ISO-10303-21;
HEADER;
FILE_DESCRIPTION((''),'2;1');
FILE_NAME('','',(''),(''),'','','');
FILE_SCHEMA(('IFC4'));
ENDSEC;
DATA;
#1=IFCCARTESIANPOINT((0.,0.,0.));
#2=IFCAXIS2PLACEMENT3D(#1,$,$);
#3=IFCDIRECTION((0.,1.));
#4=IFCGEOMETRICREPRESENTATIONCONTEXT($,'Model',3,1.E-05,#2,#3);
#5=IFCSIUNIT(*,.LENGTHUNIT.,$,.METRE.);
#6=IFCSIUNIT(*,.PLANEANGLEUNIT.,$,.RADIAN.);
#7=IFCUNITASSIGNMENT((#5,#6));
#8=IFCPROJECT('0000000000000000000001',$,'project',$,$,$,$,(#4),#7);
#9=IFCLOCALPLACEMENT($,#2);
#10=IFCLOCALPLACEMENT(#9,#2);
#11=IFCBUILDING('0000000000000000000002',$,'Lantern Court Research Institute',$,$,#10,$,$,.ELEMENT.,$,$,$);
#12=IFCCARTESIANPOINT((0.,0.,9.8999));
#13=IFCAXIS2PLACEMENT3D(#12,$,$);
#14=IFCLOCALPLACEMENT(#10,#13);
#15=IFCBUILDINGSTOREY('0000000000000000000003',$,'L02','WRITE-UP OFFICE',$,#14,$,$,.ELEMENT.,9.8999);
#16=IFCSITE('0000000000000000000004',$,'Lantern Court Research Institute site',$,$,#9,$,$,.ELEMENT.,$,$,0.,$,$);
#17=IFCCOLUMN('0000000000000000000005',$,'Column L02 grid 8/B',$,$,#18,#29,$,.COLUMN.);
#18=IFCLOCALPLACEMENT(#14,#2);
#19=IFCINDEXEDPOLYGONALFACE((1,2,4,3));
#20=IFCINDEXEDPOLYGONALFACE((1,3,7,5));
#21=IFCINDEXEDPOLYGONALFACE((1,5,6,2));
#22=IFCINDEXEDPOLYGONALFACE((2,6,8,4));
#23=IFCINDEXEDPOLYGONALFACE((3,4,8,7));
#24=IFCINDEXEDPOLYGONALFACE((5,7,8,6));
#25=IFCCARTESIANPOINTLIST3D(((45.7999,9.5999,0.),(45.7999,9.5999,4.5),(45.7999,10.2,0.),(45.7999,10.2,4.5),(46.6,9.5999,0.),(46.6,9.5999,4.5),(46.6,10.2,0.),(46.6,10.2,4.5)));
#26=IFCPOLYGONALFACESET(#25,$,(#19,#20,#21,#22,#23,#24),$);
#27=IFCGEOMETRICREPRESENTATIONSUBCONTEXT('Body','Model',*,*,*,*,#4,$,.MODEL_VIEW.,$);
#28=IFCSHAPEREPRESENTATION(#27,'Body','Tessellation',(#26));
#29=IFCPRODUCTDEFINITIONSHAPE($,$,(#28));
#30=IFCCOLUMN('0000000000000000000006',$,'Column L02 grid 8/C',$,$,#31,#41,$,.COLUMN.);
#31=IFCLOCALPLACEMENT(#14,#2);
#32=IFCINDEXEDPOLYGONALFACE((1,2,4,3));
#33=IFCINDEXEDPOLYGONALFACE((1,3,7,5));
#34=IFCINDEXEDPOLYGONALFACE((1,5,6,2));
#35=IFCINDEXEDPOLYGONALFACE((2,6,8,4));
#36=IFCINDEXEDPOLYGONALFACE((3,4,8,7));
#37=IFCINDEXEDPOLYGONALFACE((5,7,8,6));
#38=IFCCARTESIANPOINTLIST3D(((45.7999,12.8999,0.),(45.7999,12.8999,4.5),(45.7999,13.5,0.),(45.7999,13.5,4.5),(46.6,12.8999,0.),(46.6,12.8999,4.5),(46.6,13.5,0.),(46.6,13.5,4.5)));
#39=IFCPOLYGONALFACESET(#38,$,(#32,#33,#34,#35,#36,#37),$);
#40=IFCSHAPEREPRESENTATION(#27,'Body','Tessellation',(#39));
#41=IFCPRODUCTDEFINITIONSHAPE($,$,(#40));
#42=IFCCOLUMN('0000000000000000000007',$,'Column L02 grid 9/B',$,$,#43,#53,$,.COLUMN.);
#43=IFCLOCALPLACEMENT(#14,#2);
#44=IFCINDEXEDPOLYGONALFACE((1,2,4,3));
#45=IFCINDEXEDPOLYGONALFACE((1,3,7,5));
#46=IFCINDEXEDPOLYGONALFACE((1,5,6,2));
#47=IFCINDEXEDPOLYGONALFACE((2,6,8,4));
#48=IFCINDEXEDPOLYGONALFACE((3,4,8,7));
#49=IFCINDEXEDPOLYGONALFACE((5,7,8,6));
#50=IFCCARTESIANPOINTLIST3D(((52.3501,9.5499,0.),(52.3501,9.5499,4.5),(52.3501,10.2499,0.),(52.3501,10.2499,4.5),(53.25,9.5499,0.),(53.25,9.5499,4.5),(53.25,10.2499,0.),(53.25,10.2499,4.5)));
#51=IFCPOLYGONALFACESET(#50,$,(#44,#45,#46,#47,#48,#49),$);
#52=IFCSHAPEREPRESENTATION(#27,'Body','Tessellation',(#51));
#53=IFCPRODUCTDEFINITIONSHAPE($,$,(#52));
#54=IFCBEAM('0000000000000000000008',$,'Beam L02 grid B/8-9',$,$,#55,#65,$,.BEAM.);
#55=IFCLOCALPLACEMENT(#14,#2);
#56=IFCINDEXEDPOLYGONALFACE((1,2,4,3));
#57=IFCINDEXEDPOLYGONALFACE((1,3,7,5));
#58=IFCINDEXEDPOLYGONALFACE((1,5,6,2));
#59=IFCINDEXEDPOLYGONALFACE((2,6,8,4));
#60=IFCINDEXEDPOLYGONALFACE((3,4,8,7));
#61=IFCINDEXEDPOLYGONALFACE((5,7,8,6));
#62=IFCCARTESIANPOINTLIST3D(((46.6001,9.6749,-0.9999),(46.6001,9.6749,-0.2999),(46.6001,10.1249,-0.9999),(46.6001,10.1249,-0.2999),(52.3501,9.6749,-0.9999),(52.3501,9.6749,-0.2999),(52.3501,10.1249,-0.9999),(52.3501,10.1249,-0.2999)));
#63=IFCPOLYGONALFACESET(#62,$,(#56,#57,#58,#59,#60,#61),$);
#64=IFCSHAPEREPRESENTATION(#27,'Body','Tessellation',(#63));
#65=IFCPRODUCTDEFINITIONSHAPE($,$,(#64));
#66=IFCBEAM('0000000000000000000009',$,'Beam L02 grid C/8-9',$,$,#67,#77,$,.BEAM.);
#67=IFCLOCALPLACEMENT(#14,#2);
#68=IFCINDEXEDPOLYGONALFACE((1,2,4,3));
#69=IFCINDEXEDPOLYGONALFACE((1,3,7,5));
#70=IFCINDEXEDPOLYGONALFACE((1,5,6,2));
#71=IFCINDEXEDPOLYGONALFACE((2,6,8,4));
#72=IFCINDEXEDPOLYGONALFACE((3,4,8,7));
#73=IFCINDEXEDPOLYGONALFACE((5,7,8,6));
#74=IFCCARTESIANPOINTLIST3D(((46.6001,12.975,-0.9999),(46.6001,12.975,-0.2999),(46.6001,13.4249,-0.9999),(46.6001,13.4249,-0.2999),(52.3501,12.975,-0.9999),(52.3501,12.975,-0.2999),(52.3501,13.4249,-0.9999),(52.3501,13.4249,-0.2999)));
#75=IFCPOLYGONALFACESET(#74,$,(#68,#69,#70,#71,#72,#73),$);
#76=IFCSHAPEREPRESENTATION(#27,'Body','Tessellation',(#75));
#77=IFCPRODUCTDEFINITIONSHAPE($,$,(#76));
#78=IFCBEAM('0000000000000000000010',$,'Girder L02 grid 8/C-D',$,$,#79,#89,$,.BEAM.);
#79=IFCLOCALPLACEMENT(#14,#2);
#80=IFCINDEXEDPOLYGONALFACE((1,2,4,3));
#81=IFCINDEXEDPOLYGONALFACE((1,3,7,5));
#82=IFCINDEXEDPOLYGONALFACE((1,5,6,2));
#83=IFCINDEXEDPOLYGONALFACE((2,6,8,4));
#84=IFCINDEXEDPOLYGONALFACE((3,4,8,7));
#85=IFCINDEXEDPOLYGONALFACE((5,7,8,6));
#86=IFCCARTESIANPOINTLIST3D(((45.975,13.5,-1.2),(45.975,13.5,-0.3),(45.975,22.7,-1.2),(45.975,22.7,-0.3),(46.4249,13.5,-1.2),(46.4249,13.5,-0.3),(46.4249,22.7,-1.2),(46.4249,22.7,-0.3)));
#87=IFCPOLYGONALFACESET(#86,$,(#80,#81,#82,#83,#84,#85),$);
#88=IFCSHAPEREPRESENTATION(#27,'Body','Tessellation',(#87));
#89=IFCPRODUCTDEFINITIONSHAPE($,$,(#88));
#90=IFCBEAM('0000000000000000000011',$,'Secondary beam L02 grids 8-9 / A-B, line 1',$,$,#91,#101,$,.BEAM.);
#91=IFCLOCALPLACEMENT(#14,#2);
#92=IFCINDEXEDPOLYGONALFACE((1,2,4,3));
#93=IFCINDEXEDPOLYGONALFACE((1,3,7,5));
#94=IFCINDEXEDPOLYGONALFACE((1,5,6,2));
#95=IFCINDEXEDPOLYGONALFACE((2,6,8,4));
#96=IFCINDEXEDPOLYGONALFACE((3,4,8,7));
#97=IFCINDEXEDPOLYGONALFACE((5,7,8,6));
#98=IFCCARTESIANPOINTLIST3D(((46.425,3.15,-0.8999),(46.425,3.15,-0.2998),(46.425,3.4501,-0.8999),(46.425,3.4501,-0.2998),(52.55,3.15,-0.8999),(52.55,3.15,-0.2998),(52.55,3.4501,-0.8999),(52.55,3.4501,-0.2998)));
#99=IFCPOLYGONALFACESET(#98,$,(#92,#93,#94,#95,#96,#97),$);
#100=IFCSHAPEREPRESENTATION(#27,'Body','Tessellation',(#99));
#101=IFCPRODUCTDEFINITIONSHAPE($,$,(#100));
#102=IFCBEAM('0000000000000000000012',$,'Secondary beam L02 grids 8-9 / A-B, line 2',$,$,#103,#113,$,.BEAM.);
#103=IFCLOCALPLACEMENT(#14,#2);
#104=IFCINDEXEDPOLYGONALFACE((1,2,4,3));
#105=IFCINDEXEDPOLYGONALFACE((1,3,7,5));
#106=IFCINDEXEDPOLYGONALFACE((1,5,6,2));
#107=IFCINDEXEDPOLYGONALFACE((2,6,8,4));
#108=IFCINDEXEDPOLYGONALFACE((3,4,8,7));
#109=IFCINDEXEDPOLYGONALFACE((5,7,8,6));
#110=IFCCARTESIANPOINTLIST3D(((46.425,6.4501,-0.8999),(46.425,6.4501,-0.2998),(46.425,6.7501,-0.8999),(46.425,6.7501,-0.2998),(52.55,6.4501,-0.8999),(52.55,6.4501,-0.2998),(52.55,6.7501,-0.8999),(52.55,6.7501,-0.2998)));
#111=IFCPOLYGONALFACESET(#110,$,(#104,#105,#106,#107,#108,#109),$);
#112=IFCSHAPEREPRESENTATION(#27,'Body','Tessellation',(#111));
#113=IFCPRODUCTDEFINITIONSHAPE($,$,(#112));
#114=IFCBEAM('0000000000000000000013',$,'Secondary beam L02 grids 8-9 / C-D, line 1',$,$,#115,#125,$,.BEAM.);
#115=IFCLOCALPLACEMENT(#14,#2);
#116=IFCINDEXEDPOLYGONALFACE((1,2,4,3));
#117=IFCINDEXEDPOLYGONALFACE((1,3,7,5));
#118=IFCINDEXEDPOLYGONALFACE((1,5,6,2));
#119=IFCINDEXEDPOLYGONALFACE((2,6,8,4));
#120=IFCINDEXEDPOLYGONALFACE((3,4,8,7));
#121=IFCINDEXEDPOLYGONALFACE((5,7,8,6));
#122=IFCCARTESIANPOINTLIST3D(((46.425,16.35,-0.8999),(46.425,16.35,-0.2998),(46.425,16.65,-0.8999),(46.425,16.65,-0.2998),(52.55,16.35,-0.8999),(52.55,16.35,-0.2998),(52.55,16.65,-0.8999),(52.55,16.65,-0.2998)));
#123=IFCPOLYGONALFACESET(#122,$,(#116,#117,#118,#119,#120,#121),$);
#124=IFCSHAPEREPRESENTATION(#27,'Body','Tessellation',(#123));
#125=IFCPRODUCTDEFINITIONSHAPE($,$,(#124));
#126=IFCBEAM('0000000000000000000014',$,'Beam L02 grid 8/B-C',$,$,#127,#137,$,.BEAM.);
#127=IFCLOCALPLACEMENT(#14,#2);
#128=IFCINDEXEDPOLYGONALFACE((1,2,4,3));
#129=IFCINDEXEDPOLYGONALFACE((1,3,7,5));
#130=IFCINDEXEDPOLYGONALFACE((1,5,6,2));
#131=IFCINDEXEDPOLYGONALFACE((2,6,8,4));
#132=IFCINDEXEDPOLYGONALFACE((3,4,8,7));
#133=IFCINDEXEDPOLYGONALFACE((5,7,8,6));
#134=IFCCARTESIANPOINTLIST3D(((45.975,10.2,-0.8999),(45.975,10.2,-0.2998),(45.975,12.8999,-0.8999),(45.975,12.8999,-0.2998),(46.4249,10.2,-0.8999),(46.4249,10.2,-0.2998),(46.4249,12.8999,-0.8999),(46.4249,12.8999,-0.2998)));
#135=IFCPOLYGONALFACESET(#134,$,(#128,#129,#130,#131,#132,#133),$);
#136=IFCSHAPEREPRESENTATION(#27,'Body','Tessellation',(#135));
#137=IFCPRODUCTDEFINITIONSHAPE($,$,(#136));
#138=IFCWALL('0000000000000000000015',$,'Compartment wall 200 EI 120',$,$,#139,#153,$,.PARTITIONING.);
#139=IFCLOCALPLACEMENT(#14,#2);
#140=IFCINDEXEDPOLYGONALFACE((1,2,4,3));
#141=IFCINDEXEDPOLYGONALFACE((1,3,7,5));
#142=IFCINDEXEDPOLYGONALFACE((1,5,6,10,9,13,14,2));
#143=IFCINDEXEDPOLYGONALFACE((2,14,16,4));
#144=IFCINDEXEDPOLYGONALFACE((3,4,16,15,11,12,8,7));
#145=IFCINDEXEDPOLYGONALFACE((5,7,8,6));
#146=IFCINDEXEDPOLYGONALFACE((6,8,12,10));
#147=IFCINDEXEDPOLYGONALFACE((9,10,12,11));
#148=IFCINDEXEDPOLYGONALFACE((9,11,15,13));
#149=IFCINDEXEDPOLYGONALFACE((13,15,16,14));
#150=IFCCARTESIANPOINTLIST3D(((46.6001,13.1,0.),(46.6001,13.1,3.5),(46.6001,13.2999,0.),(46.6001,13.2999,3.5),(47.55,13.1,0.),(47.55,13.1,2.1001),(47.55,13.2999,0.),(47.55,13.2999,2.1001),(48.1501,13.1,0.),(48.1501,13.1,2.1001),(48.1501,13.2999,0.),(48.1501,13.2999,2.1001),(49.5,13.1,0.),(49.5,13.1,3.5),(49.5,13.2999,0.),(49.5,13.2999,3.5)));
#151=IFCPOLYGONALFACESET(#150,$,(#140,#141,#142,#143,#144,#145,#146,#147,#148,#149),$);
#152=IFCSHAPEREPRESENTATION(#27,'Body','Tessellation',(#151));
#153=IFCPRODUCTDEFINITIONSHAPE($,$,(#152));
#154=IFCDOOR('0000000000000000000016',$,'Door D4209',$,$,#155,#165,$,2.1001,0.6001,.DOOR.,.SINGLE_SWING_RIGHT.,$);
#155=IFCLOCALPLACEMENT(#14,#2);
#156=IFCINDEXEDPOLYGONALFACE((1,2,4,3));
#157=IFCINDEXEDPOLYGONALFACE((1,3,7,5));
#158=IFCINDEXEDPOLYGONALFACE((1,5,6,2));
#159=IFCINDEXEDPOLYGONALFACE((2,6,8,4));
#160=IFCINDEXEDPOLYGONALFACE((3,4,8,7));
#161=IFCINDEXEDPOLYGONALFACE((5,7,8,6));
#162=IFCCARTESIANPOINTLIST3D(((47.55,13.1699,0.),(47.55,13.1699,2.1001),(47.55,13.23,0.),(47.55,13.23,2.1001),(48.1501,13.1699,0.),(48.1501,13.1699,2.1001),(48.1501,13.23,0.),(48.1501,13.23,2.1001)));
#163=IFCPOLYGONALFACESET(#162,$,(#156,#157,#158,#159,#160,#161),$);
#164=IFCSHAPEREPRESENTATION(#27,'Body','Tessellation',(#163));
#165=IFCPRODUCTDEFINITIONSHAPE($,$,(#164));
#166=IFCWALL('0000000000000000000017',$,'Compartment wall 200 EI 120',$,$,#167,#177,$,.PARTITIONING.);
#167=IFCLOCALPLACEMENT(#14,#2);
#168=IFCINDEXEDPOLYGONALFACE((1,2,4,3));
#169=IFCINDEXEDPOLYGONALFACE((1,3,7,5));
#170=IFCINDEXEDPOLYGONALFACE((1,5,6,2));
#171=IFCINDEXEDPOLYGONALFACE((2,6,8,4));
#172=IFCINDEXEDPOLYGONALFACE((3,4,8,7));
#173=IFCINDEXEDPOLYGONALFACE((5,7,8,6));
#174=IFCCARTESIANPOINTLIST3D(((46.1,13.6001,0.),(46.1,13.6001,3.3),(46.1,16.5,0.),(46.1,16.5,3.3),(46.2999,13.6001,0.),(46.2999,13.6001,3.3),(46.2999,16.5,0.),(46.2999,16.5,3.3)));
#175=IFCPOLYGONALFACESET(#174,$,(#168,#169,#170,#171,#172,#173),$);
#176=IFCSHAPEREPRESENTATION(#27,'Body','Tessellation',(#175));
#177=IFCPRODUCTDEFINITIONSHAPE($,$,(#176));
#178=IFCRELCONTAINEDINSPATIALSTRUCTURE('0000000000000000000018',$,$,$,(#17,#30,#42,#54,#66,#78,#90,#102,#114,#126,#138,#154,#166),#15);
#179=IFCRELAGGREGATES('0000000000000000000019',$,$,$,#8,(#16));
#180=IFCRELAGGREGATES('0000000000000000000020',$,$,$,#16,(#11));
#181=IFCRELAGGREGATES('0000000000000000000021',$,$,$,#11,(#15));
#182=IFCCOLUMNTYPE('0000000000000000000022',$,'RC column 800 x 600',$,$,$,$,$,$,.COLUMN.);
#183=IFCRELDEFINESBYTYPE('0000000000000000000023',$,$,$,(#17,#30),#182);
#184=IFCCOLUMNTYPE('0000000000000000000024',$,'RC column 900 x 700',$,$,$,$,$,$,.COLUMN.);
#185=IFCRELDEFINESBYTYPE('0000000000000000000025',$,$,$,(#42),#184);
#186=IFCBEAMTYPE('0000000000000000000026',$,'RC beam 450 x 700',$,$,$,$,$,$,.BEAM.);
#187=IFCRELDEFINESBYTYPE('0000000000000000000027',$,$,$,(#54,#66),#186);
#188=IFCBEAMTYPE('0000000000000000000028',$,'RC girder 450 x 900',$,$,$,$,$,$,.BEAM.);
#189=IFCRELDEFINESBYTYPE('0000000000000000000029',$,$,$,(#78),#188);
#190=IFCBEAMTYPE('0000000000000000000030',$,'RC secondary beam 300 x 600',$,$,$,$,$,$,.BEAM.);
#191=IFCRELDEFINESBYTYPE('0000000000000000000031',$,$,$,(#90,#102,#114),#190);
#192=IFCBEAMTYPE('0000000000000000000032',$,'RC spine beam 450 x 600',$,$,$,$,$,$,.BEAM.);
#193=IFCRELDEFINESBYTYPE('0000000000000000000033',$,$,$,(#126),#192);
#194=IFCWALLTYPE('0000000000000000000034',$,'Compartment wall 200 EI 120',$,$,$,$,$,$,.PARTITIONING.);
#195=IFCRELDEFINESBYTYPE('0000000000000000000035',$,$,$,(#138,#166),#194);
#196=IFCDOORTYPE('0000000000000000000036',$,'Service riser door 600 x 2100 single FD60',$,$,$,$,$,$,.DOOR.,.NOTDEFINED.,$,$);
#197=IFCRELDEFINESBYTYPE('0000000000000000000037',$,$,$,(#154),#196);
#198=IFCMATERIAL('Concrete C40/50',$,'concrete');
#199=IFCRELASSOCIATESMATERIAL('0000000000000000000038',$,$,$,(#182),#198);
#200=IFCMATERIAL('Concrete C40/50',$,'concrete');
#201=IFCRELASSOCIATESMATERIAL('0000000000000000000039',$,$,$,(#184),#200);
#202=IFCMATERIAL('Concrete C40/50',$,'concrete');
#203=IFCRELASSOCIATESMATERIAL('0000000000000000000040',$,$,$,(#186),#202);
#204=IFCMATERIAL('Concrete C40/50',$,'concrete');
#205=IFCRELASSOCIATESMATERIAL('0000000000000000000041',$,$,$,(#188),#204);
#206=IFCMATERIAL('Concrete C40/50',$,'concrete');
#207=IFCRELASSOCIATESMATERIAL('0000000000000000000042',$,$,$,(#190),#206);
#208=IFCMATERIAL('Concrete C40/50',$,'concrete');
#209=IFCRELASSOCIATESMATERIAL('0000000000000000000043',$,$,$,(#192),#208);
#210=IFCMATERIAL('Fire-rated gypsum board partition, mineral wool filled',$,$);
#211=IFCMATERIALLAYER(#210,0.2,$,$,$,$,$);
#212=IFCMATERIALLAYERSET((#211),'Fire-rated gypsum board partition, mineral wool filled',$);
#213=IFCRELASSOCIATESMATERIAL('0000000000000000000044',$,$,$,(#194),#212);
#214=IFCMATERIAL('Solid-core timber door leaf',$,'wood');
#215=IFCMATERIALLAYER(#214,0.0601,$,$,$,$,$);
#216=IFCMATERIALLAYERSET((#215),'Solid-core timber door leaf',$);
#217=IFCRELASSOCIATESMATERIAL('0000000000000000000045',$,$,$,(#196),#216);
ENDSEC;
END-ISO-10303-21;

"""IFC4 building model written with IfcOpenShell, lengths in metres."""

from ifc_helpers import new_model, si_unit, direction, frame, frame_2d, origin, origin_2d, place, context, subcontext, project, spatial, rectangle, extrude, material, layer, layer_set, material_profile, profile_set, type_object, element, fill, save


model = new_model("IFC4")

# Units and contexts
model_context = context("Model", 3, precision=1e-05, world=origin(), true_north=direction((0.0, 1.0)))
body_context = subcontext(model_context, "Body", "Model", "MODEL_VIEW")
ifc_project = project(units=[si_unit("LENGTHUNIT", "METRE"), si_unit("PLANEANGLEUNIT", "RADIAN")], contexts=[model_context])

# Site, building, storey
site_placement = place(None, origin())
site = spatial("IfcSite", under=ifc_project, at=site_placement, Name="Lantern Court Research Institute site", CompositionType="ELEMENT", RefElevation=0.0)
building_placement = place(site_placement, origin())
building = spatial("IfcBuilding", under=site, at=building_placement, Name="Lantern Court Research Institute", CompositionType="ELEMENT")
storey_placement = place(building_placement, frame((0.0, 0.0, 9.8999)))
storey = spatial("IfcBuildingStorey", under=building, at=storey_placement, Name="L02", Description="WRITE-UP OFFICE", CompositionType="ELEMENT", Elevation=9.8999)

# Columns
ifc_material_1 = material(Name="Concrete C40/50", Category="concrete")
ifc_material_profile_1 = material_profile(ifc_material_1, rectangle(XDim=0.8, YDim=0.6001, at=origin_2d()), Name="RC column 800 x 600")
ifc_profile_set_1 = profile_set([ifc_material_profile_1], Name="Concrete C40/50")
column_type_1 = type_object("IfcColumnType", Name="RC column 800 x 600", PredefinedType="COLUMN", material=ifc_profile_set_1)
for number, where, z_axis, x_axis, name in (
    (1, (46.2, 9.8999, 0.0), (0.0, 0.0, 1.0), (1.0, 0.0, 0.0), "Column L02 grid 8/B"),
    (2, (46.2, 13.2, 0.0), (0.0, 0.0, 1.0), (1.0, 0.0, 0.0), "Column L02 grid 8/C"),
):
    element("IfcColumn", number, at=place(storey_placement, frame(where, z_axis=z_axis, x_axis=x_axis)), inside=storey, type_object=column_type_1, Name=name, PredefinedType="COLUMN", context=body_context, shape_type="SweptSolid", body=[
        extrude(rectangle(XDim=0.8, YDim=0.6001, at=origin_2d()), origin(), (0.0, 0.0, 1.0), 4.5),
    ])
ifc_material_2 = material(Name="Concrete C40/50", Category="concrete")
ifc_material_profile_2 = material_profile(ifc_material_2, rectangle(XDim=0.8999, YDim=0.7, at=origin_2d()), Name="RC column 900 x 700")
ifc_profile_set_2 = profile_set([ifc_material_profile_2], Name="Concrete C40/50")
column_type_2 = type_object("IfcColumnType", Name="RC column 900 x 700", PredefinedType="COLUMN", material=ifc_profile_set_2)
column_placement = place(storey_placement, frame((52.8, 9.8999, 0.0), z_axis=(0.0, 0.0, 1.0), x_axis=(1.0, 0.0, 0.0)))
element("IfcColumn", 3, at=column_placement, inside=storey, type_object=column_type_2, Name="Column L02 grid 9/B", PredefinedType="COLUMN", context=body_context, shape_type="SweptSolid", body=[
    extrude(rectangle(XDim=0.8999, YDim=0.7, at=origin_2d()), origin(), (0.0, 0.0, 1.0), 4.5),
])

# Beams
ifc_material_3 = material(Name="Concrete C40/50", Category="concrete")
ifc_material_profile_3 = material_profile(ifc_material_3, rectangle(XDim=0.45, YDim=0.7, at=origin_2d()), Name="RC beam 450 x 700")
ifc_profile_set_3 = profile_set([ifc_material_profile_3], Name="Concrete C40/50")
beam_type_1 = type_object("IfcBeamType", Name="RC beam 450 x 700", PredefinedType="BEAM", material=ifc_profile_set_3)
for number, where, z_axis, x_axis, name in (
    (4, (46.6001, 9.8999, -0.6499), (1.0, 0.0, 0.0), (0.0, 1.0, 0.0), "Beam L02 grid B/8-9"),
    (5, (46.6001, 13.2, -0.6499), (1.0, 0.0, 0.0), (0.0, 1.0, 0.0), "Beam L02 grid C/8-9"),
):
    element("IfcBeam", number, at=place(storey_placement, frame(where, z_axis=z_axis, x_axis=x_axis)), inside=storey, type_object=beam_type_1, Name=name, PredefinedType="BEAM", context=body_context, shape_type="SweptSolid", body=[
        extrude(rectangle(XDim=0.45, YDim=0.7, at=origin_2d()), origin(), (0.0, 0.0, 1.0), 5.75),
    ])
ifc_material_4 = material(Name="Concrete C40/50", Category="concrete")
ifc_material_profile_4 = material_profile(ifc_material_4, rectangle(XDim=0.45, YDim=0.8999, at=origin_2d()), Name="RC beam 450 x 900")
ifc_profile_set_4 = profile_set([ifc_material_profile_4], Name="Concrete C40/50")
beam_type_2 = type_object("IfcBeamType", Name="RC girder 450 x 900", PredefinedType="BEAM", material=ifc_profile_set_4)
beam_1_placement = place(storey_placement, frame((46.2, 13.5, -0.75), z_axis=(0.0, 1.0, 0.0), x_axis=(-1.0, 0.0, 0.0)))
element("IfcBeam", 6, at=beam_1_placement, inside=storey, type_object=beam_type_2, Name="Girder L02 grid 8/C-D", PredefinedType="BEAM", context=body_context, shape_type="SweptSolid", body=[
    extrude(rectangle(XDim=0.45, YDim=0.8999, at=origin_2d()), origin(), (0.0, 0.0, 1.0), 9.2),
])
ifc_material_5 = material(Name="Concrete C40/50", Category="concrete")
ifc_material_profile_5 = material_profile(ifc_material_5, rectangle(XDim=0.3, YDim=0.6001, at=origin_2d()), Name="RC beam 300 x 600")
ifc_profile_set_5 = profile_set([ifc_material_profile_5], Name="Concrete C40/50")
beam_type_3 = type_object("IfcBeamType", Name="RC secondary beam 300 x 600", PredefinedType="BEAM", material=ifc_profile_set_5)
for number, where, z_axis, x_axis, name in (
    (7, (46.425, 3.3, -0.5999), (1.0, 0.0, 0.0), (0.0, 1.0, 0.0), "Secondary beam L02 grids 8-9 / A-B, line 1"),
    (8, (46.425, 6.6001, -0.5999), (1.0, 0.0, 0.0), (0.0, 1.0, 0.0), "Secondary beam L02 grids 8-9 / A-B, line 2"),
    (9, (46.425, 16.5, -0.5999), (1.0, 0.0, 0.0), (0.0, 1.0, 0.0), "Secondary beam L02 grids 8-9 / C-D, line 1"),
):
    element("IfcBeam", number, at=place(storey_placement, frame(where, z_axis=z_axis, x_axis=x_axis)), inside=storey, type_object=beam_type_3, Name=name, PredefinedType="BEAM", context=body_context, shape_type="SweptSolid", body=[
        extrude(rectangle(XDim=0.3, YDim=0.6001, at=origin_2d()), origin(), (0.0, 0.0, 1.0), 6.125),
    ])
ifc_material_6 = material(Name="Concrete C40/50", Category="concrete")
ifc_material_profile_6 = material_profile(ifc_material_6, rectangle(XDim=0.45, YDim=0.6001, at=origin_2d()), Name="RC beam 450 x 600")
ifc_profile_set_6 = profile_set([ifc_material_profile_6], Name="Concrete C40/50")
beam_type_4 = type_object("IfcBeamType", Name="RC spine beam 450 x 600", PredefinedType="BEAM", material=ifc_profile_set_6)
beam_2_placement = place(storey_placement, frame((46.2, 10.2, -0.5999), z_axis=(0.0, 1.0, 0.0), x_axis=(-1.0, 0.0, 0.0)))
element("IfcBeam", 10, at=beam_2_placement, inside=storey, type_object=beam_type_4, Name="Beam L02 grid 8/B-C", PredefinedType="BEAM", context=body_context, shape_type="SweptSolid", body=[
    extrude(rectangle(XDim=0.45, YDim=0.6001, at=origin_2d()), origin(), (0.0, 0.0, 1.0), 2.7),
])

# Wall, opening, door
ifc_material_7 = material(Name="Fire-rated gypsum board partition, mineral wool filled")
ifc_layer_1 = layer(ifc_material_7, 0.2)
ifc_layer_set_1 = layer_set([ifc_layer_1], Name="Fire-rated gypsum board partition, mineral wool filled")
wall_type_1 = type_object("IfcWallType", Name="Compartment wall 200 EI 120", PredefinedType="PARTITIONING", material=ifc_layer_set_1)
wall_1_placement = place(storey_placement, frame((46.6001, 13.2, 0.0), z_axis=(0.0, 0.0, 1.0), x_axis=(1.0, 0.0, 0.0)))
wall_1 = element("IfcWall", 11, at=wall_1_placement, inside=storey, type_object=wall_type_1, Name="Compartment wall 200 EI 120", PredefinedType="PARTITIONING", context=body_context, shape_type="SweptSolid", body=[
    extrude(rectangle(XDim=2.8999, YDim=0.2, at=frame_2d((1.45, 0.0))), origin(), (0.0, 0.0, 1.0), 3.5),
])
opening_1_placement = place(wall_1_placement, frame((0.95, 0.0, 0.0)))
opening_1 = element("IfcOpeningElement", 12, at=opening_1_placement, cuts=wall_1, PredefinedType="OPENING", context=body_context, shape_type="SweptSolid", body=[
    extrude(rectangle(XDim=0.6001, YDim=2.1001, at=frame_2d((0.3, 1.05))), frame((0.0, 0.1099, 0.0), z_axis=(0.0, -1.0, 0.0), x_axis=(1.0, 0.0, 0.0)), (0.0, 0.0, 1.0), 0.22),
])
ifc_material_8 = material(Name="Solid-core timber door leaf", Category="wood")
ifc_layer_2 = layer(ifc_material_8, 0.0601)
ifc_layer_set_2 = layer_set([ifc_layer_2], Name="Solid-core timber door leaf")
door_type_1 = type_object("IfcDoorType", Name="Service riser door 600 x 2100 single FD60", OperationType="NOTDEFINED", PredefinedType="DOOR", material=ifc_layer_set_2)
door_1_placement = place(opening_1_placement, origin())
door_1 = element("IfcDoor", 13, at=door_1_placement, inside=storey, type_object=door_type_1, Name="Door D4209", OperationType="SINGLE_SWING_RIGHT", OverallHeight=2.1001, OverallWidth=0.6001, PredefinedType="DOOR", context=body_context, shape_type="SweptSolid", body=[
    extrude(rectangle(XDim=0.6001, YDim=2.1001, at=frame_2d((0.3, 1.05))), frame((0.0, 0.03, 0.0), z_axis=(0.0, -1.0, 0.0), x_axis=(1.0, 0.0, 0.0)), (0.0, 0.0, 1.0), 0.0601),
])
fill(opening_1, door_1)

# Wall
wall_2_placement = place(storey_placement, frame((46.2, 13.6001, 0.0), z_axis=(0.0, 0.0, 1.0), x_axis=(0.0, 1.0, 0.0)))
element("IfcWall", 14, at=wall_2_placement, inside=storey, type_object=wall_type_1, Name="Compartment wall 200 EI 120", PredefinedType="PARTITIONING", context=body_context, shape_type="SweptSolid", body=[
    extrude(rectangle(XDim=2.8999, YDim=0.2, at=frame_2d((1.45, 0.0))), origin(), (0.0, 0.0, 1.0), 3.3),
])

save(model, "model.ifc")
